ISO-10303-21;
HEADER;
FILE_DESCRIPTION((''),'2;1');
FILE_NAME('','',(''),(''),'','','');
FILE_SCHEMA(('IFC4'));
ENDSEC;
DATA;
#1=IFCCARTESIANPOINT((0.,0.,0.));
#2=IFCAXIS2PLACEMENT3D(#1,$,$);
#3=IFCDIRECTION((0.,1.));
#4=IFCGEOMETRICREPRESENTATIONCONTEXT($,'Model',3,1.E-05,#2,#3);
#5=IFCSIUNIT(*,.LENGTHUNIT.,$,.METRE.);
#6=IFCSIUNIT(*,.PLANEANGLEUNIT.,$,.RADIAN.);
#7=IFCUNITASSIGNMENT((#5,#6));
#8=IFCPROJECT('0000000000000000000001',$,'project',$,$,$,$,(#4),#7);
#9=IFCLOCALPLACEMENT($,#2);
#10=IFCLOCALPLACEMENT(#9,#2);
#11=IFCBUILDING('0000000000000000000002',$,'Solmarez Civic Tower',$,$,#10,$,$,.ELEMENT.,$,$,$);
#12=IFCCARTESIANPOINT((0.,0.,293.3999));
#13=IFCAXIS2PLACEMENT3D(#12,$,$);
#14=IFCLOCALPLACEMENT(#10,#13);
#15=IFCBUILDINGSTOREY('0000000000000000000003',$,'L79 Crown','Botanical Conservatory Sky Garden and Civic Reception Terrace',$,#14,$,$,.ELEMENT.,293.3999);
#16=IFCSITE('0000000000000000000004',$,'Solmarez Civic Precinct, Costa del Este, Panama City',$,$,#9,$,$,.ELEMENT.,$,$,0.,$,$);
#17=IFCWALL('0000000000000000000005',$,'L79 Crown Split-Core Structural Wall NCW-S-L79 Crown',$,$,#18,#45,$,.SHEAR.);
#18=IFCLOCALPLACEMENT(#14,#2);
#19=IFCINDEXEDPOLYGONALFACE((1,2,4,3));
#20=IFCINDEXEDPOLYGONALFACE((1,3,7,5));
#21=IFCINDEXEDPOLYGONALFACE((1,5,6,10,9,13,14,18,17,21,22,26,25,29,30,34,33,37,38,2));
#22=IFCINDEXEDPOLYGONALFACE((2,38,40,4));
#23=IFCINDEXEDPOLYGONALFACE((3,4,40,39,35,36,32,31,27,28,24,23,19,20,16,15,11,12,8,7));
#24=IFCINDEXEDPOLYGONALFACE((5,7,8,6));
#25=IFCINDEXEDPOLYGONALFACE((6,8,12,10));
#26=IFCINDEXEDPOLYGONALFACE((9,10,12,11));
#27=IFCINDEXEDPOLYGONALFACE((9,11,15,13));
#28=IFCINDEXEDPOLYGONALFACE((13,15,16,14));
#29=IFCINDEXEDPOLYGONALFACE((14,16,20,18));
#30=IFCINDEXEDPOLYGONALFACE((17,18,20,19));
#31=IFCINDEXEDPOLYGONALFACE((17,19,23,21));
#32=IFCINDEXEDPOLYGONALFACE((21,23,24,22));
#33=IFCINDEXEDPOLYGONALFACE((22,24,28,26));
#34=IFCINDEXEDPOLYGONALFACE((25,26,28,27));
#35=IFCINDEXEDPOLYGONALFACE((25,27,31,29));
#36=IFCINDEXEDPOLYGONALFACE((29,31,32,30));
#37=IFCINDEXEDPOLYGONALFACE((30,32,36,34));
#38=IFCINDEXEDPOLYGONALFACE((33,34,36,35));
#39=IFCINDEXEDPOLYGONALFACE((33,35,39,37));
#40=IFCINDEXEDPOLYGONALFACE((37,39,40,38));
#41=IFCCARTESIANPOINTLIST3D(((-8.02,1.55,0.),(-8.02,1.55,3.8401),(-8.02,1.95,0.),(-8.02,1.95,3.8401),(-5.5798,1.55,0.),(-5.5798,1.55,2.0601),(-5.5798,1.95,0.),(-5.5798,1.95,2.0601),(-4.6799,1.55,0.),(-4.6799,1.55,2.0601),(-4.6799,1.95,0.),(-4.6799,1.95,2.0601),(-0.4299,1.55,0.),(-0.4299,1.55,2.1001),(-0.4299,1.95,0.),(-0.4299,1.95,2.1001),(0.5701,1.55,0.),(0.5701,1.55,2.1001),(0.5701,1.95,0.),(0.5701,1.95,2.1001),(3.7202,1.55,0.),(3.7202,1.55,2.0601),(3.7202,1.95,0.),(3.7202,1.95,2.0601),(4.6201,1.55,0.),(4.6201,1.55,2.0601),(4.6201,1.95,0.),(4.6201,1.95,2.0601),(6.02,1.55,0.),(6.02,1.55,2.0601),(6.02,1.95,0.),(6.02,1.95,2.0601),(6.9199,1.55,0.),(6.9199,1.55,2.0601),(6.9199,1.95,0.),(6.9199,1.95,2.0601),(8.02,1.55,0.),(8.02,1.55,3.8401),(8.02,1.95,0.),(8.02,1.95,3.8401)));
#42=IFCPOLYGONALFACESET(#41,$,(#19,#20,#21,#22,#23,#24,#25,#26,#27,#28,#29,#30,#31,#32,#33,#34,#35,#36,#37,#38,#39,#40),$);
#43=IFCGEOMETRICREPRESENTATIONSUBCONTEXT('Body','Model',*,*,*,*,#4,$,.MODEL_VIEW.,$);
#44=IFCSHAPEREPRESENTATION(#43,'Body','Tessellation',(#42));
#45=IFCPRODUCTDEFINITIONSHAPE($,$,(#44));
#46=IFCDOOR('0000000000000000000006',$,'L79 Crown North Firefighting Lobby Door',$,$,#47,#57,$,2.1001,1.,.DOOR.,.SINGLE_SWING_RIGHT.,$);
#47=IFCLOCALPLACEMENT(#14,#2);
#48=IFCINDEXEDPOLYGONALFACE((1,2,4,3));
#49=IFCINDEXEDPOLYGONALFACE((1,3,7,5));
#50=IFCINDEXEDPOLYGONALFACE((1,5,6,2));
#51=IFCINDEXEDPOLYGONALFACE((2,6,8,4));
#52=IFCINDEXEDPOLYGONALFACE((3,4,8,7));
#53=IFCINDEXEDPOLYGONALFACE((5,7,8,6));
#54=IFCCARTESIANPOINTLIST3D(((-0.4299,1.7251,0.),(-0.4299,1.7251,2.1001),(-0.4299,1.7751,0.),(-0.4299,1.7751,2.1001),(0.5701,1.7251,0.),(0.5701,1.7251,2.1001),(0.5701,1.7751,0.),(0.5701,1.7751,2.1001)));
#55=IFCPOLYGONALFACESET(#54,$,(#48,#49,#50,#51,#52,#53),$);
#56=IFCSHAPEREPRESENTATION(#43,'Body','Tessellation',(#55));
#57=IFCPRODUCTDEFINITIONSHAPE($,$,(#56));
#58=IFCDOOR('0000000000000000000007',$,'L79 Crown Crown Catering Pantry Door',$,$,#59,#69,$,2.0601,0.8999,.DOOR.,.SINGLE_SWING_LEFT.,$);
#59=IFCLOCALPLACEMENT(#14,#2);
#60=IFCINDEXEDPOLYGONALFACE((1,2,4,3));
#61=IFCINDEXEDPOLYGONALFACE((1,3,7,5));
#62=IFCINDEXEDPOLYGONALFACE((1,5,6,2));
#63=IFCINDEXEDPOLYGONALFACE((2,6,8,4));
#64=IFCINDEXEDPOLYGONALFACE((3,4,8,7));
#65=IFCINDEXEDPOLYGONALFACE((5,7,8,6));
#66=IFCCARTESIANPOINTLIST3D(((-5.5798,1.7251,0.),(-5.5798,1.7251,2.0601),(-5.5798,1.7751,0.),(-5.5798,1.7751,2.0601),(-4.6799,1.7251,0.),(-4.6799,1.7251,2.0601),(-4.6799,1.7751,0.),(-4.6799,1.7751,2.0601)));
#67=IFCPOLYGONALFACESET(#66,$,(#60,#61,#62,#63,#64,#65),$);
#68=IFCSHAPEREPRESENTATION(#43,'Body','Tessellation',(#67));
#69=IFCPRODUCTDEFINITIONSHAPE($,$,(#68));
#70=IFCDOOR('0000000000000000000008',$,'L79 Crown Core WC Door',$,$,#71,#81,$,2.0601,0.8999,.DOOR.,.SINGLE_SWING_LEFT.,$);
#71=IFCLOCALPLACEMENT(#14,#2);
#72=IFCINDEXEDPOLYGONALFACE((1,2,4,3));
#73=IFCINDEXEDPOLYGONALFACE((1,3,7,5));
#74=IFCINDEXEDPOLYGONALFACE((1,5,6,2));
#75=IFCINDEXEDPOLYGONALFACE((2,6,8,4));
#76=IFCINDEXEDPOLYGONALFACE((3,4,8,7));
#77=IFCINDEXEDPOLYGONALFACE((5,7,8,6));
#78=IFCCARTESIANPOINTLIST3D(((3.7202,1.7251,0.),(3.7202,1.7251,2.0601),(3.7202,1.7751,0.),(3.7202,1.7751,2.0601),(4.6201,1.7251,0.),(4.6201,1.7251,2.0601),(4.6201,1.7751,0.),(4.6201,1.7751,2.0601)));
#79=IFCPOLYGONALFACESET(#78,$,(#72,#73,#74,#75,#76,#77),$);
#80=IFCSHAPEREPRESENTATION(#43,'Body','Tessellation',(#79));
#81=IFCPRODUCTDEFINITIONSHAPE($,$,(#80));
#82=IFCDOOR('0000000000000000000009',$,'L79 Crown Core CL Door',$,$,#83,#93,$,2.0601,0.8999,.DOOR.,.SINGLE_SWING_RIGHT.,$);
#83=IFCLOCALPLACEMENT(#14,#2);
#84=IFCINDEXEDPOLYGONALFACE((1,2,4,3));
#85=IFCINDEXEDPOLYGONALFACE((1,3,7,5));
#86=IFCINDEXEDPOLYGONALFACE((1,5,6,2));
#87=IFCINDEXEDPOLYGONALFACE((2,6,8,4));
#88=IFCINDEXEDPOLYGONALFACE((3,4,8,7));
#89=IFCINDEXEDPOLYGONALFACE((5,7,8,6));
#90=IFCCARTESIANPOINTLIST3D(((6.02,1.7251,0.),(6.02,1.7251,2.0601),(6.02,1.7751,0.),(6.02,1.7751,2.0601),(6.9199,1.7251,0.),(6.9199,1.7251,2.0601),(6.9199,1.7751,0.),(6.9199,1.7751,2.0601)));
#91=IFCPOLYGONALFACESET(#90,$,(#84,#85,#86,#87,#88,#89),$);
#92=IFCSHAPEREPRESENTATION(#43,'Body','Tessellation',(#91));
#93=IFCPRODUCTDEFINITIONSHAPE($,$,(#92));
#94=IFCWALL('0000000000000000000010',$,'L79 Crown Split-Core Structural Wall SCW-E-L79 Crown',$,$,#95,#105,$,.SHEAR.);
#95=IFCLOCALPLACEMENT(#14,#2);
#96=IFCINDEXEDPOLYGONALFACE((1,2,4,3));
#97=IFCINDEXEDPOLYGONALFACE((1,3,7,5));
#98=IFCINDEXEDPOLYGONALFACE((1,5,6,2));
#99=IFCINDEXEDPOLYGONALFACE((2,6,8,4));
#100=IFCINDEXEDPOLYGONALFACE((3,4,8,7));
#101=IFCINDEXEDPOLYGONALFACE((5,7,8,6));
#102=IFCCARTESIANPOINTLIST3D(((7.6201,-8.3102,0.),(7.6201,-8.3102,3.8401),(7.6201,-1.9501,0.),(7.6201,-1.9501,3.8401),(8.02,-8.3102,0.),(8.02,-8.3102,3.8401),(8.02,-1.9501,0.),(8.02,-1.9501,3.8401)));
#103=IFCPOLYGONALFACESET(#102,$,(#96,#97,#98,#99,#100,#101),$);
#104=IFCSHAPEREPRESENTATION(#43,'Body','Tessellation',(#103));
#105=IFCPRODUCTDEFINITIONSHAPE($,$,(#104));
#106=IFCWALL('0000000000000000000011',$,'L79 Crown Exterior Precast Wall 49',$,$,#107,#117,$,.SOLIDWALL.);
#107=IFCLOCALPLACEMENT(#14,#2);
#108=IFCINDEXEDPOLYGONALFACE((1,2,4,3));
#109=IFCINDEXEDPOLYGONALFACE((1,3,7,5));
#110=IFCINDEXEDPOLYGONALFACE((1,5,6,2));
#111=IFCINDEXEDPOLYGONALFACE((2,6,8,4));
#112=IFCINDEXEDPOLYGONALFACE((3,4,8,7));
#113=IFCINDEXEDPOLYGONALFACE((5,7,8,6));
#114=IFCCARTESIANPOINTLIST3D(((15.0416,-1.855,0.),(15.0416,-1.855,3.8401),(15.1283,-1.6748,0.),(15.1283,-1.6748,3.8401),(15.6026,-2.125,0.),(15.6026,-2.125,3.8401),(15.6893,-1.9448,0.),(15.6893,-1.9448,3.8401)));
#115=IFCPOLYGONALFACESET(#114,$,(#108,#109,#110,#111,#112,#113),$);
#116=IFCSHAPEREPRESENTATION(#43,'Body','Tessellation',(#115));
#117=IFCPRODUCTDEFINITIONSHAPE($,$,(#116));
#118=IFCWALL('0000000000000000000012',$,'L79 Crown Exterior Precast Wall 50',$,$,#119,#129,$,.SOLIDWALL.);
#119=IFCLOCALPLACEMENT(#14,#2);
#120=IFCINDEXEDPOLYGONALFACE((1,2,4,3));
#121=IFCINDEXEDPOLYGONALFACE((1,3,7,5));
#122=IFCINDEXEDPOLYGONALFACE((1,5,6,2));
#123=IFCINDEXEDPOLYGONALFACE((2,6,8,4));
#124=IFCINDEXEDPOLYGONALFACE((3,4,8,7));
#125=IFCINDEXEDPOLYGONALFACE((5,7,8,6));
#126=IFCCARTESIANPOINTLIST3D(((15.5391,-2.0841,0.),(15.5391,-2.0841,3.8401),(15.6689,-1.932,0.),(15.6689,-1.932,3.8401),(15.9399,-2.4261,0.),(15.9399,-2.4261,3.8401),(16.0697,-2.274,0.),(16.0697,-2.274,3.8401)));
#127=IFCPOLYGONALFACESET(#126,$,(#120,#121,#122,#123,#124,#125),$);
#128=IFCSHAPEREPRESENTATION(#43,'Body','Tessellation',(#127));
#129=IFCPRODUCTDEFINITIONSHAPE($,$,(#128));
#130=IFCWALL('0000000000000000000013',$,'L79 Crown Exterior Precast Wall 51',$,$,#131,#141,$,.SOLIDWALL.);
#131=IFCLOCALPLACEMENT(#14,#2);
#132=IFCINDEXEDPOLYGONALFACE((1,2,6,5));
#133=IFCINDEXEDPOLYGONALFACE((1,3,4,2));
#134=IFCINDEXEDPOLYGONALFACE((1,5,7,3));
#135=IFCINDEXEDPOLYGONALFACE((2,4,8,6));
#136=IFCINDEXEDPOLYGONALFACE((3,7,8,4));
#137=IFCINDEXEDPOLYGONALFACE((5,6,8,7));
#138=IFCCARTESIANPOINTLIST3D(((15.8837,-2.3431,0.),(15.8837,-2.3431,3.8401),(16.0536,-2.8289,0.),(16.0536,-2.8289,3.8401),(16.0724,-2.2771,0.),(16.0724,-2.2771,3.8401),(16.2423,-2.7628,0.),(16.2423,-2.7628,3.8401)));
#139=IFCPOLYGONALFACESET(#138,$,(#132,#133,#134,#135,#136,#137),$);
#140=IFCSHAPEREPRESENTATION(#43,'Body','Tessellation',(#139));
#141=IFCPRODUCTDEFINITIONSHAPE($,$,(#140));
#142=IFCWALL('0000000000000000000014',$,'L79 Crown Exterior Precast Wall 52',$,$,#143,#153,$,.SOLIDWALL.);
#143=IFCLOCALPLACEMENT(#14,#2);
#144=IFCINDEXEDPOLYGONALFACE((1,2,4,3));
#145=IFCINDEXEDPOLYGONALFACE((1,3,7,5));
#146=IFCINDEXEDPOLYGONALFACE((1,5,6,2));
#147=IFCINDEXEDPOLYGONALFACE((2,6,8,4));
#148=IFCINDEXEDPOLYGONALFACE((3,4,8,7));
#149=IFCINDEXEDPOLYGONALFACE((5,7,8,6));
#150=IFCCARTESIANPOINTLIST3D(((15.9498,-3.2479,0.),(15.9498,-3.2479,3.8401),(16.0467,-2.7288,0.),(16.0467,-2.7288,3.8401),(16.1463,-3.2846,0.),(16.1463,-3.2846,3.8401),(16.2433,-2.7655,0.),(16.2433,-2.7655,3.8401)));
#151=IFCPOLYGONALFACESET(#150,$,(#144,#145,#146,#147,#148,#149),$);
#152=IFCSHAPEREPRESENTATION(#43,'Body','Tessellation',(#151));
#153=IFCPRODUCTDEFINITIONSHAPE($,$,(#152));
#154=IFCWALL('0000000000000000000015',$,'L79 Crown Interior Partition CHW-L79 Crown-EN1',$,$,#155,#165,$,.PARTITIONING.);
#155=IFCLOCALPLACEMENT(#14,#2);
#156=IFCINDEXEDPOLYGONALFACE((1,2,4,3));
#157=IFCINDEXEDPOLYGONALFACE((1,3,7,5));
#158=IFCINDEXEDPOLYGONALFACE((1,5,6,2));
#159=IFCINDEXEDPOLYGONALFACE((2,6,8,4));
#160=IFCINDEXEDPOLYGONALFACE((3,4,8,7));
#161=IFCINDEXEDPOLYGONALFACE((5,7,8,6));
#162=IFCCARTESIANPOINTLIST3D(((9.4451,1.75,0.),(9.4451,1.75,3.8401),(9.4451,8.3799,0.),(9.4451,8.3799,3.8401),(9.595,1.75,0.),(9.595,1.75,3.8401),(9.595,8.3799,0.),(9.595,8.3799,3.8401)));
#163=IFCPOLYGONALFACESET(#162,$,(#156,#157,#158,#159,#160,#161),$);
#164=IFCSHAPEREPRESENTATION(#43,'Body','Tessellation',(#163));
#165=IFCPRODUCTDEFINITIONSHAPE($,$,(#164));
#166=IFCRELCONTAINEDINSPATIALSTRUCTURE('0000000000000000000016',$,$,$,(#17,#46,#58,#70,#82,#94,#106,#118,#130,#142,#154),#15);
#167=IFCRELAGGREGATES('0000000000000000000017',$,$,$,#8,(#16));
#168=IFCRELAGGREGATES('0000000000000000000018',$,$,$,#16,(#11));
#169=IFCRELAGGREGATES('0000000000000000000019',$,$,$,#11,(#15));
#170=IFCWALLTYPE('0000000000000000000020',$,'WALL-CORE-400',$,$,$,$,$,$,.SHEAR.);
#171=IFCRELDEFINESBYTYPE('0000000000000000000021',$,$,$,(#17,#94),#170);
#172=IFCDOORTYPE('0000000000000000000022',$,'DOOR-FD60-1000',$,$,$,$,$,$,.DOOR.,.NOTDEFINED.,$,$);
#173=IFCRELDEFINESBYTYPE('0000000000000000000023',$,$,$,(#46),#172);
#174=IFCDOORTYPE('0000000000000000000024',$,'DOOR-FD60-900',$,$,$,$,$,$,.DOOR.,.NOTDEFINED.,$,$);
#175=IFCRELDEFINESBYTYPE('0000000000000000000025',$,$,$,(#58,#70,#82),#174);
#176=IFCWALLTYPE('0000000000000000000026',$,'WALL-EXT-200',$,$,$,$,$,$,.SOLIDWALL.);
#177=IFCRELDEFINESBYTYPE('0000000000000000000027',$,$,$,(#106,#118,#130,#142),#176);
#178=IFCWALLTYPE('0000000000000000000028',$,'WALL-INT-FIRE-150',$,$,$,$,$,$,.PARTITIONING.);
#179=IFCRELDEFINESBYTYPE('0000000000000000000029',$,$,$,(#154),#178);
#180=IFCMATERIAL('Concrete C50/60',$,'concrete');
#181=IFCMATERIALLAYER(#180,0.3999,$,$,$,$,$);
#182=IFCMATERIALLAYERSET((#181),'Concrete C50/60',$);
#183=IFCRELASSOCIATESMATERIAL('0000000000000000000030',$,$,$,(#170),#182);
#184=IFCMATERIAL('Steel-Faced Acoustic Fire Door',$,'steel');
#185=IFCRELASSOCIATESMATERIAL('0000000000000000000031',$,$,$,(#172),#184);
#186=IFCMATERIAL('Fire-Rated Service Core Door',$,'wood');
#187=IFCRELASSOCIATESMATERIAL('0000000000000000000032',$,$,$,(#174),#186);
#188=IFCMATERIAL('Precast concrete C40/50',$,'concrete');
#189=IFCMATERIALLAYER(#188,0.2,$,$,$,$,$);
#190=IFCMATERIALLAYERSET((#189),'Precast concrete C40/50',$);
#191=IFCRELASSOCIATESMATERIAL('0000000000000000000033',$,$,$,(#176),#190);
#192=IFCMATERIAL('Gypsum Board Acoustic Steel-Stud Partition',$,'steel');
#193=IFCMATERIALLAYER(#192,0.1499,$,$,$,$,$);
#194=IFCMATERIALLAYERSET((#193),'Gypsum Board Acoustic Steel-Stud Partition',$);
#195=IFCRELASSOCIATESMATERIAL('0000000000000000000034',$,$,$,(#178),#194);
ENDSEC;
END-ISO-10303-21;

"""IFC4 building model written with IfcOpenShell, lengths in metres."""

from ifc_helpers import new_model, si_unit, direction, frame, frame_2d, origin, place, context, subcontext, project, spatial, rectangle, extrude, material, layer, layer_set, type_object, element, fill, save


model = new_model("IFC4")

# Units and contexts
model_context = context("Model", 3, precision=1e-05, world=origin(), true_north=direction((0.0, 1.0)))
body_context = subcontext(model_context, "Body", "Model", "MODEL_VIEW")
ifc_project = project(units=[si_unit("LENGTHUNIT", "METRE"), si_unit("PLANEANGLEUNIT", "RADIAN")], contexts=[model_context])

# Site, building, storey
site_placement = place(None, origin())
site = spatial("IfcSite", under=ifc_project, at=site_placement, Name="Solmarez Civic Precinct, Costa del Este, Panama City", CompositionType="ELEMENT", RefElevation=0.0)
building_placement = place(site_placement, origin())
building = spatial("IfcBuilding", under=site, at=building_placement, Name="Solmarez Civic Tower", CompositionType="ELEMENT")
storey_placement = place(building_placement, frame((0.0, 0.0, 293.3999)))
storey = spatial("IfcBuildingStorey", under=building, at=storey_placement, Name="L79 Crown", Description="Botanical Conservatory Sky Garden and Civic Reception Terrace", CompositionType="ELEMENT", Elevation=293.3999)

# Wall, openings, doors
ifc_material_1 = material(Name="Concrete C50/60", Category="concrete")
ifc_layer_1 = layer(ifc_material_1, 0.3999)
ifc_layer_set_1 = layer_set([ifc_layer_1], Name="Concrete C50/60")
wall_type_1 = type_object("IfcWallType", Name="WALL-CORE-400", PredefinedType="SHEAR", material=ifc_layer_set_1)
wall_1_placement = place(storey_placement, frame((8.02, 1.75, 0.0), z_axis=(0.0, 0.0, 1.0), x_axis=(-1.0, 0.0, 0.0)))
wall_1 = element("IfcWall", 1, at=wall_1_placement, inside=storey, type_object=wall_type_1, Name="L79 Crown Split-Core Structural Wall NCW-S-L79 Crown", PredefinedType="SHEAR", context=body_context, shape_type="SweptSolid", body=[
    extrude(rectangle(XDim=16.04, YDim=0.3999, at=frame_2d((8.02, 0.0))), origin(), (0.0, 0.0, 1.0), 3.8401),
])
opening_1_placement = place(wall_1_placement, frame((7.45, 0.0, 0.0)))
opening_1 = element("IfcOpeningElement", 2, at=opening_1_placement, cuts=wall_1, PredefinedType="OPENING", context=body_context, shape_type="SweptSolid", body=[
    extrude(rectangle(XDim=1.0, YDim=2.1001, at=frame_2d((0.5, 1.05))), frame((0.0, 0.21, 0.0), z_axis=(0.0, -1.0, 0.0), x_axis=(1.0, 0.0, 0.0)), (0.0, 0.0, 1.0), 0.4199),
])
opening_2_placement = place(wall_1_placement, frame((12.7, 0.0, 0.0)))
opening_2 = element("IfcOpeningElement", 3, at=opening_2_placement, cuts=wall_1, PredefinedType="OPENING", context=body_context, shape_type="SweptSolid", body=[
    extrude(rectangle(XDim=0.8999, YDim=2.0601, at=frame_2d((0.45, 1.03))), frame((0.0, 0.21, 0.0), z_axis=(0.0, -1.0, 0.0), x_axis=(1.0, 0.0, 0.0)), (0.0, 0.0, 1.0), 0.4199),
])
opening_3_placement = place(wall_1_placement, frame((3.3999, 0.0, 0.0)))
opening_3 = element("IfcOpeningElement", 4, at=opening_3_placement, cuts=wall_1, PredefinedType="OPENING", context=body_context, shape_type="SweptSolid", body=[
    extrude(rectangle(XDim=0.8999, YDim=2.0601, at=frame_2d((0.45, 1.03))), frame((0.0, 0.21, 0.0), z_axis=(0.0, -1.0, 0.0), x_axis=(1.0, 0.0, 0.0)), (0.0, 0.0, 1.0), 0.4199),
])
opening_4_placement = place(wall_1_placement, frame((1.1001, 0.0, 0.0)))
opening_4 = element("IfcOpeningElement", 5, at=opening_4_placement, cuts=wall_1, PredefinedType="OPENING", context=body_context, shape_type="SweptSolid", body=[
    extrude(rectangle(XDim=0.8999, YDim=2.0601, at=frame_2d((0.45, 1.03))), frame((0.0, 0.21, 0.0), z_axis=(0.0, -1.0, 0.0), x_axis=(1.0, 0.0, 0.0)), (0.0, 0.0, 1.0), 0.4199),
])
ifc_material_2 = material(Name="Steel-Faced Acoustic Fire Door", Category="steel")
door_type_1 = type_object("IfcDoorType", Name="DOOR-FD60-1000", OperationType="NOTDEFINED", PredefinedType="DOOR", material=ifc_material_2)
door_1_placement = place(opening_1_placement, origin())
door_1 = element("IfcDoor", 6, at=door_1_placement, inside=storey, type_object=door_type_1, Name="L79 Crown North Firefighting Lobby Door", OperationType="SINGLE_SWING_RIGHT", OverallHeight=2.1001, OverallWidth=1.0, PredefinedType="DOOR", context=body_context, shape_type="SweptSolid", body=[
    extrude(rectangle(XDim=1.0, YDim=2.1001, at=frame_2d((0.5, 1.05))), frame((0.0, 0.0249, 0.0), z_axis=(0.0, -1.0, 0.0), x_axis=(1.0, 0.0, 0.0)), (0.0, 0.0, 1.0), 0.05),
])
fill(opening_1, door_1)
ifc_material_3 = material(Name="Fire-Rated Service Core Door", Category="wood")
door_type_2 = type_object("IfcDoorType", Name="DOOR-FD60-900", OperationType="NOTDEFINED", PredefinedType="DOOR", material=ifc_material_3)
door_2_placement = place(opening_2_placement, origin())
door_2 = element("IfcDoor", 7, at=door_2_placement, inside=storey, type_object=door_type_2, Name="L79 Crown Crown Catering Pantry Door", OperationType="SINGLE_SWING_LEFT", OverallHeight=2.0601, OverallWidth=0.8999, PredefinedType="DOOR", context=body_context, shape_type="SweptSolid", body=[
    extrude(rectangle(XDim=0.8999, YDim=2.0601, at=frame_2d((0.45, 1.03))), frame((0.0, 0.0249, 0.0), z_axis=(0.0, -1.0, 0.0), x_axis=(1.0, 0.0, 0.0)), (0.0, 0.0, 1.0), 0.05),
])
fill(opening_2, door_2)
door_3_placement = place(opening_3_placement, origin())
door_3 = element("IfcDoor", 8, at=door_3_placement, inside=storey, type_object=door_type_2, Name="L79 Crown Core WC Door", OperationType="SINGLE_SWING_LEFT", OverallHeight=2.0601, OverallWidth=0.8999, PredefinedType="DOOR", context=body_context, shape_type="SweptSolid", body=[
    extrude(rectangle(XDim=0.8999, YDim=2.0601, at=frame_2d((0.45, 1.03))), frame((0.0, 0.0249, 0.0), z_axis=(0.0, -1.0, 0.0), x_axis=(1.0, 0.0, 0.0)), (0.0, 0.0, 1.0), 0.05),
])
fill(opening_3, door_3)
door_4_placement = place(opening_4_placement, origin())
door_4 = element("IfcDoor", 9, at=door_4_placement, inside=storey, type_object=door_type_2, Name="L79 Crown Core CL Door", OperationType="SINGLE_SWING_RIGHT", OverallHeight=2.0601, OverallWidth=0.8999, PredefinedType="DOOR", context=body_context, shape_type="SweptSolid", body=[
    extrude(rectangle(XDim=0.8999, YDim=2.0601, at=frame_2d((0.45, 1.03))), frame((0.0, 0.0249, 0.0), z_axis=(0.0, -1.0, 0.0), x_axis=(1.0, 0.0, 0.0)), (0.0, 0.0, 1.0), 0.05),
])
fill(opening_4, door_4)

# Walls
wall_2_placement = place(storey_placement, frame((7.8201, -1.95, 0.0), z_axis=(0.0, 0.0, 1.0), x_axis=(0.0, -1.0, 0.0)))
element("IfcWall", 10, at=wall_2_placement, inside=storey, type_object=wall_type_1, Name="L79 Crown Split-Core Structural Wall SCW-E-L79 Crown", PredefinedType="SHEAR", context=body_context, shape_type="SweptSolid", body=[
    extrude(rectangle(XDim=6.3601, YDim=0.3999, at=frame_2d((3.1802, 0.0))), origin(), (0.0, 0.0, 1.0), 3.8401),
])
ifc_material_4 = material(Name="Precast concrete C40/50", Category="concrete")
ifc_layer_2 = layer(ifc_material_4, 0.2)
ifc_layer_set_2 = layer_set([ifc_layer_2], Name="Precast concrete C40/50")
wall_type_2 = type_object("IfcWallType", Name="WALL-EXT-200", PredefinedType="SOLIDWALL", material=ifc_layer_set_2)
wall_3_placement = place(storey_placement, frame((15.085, -1.7649, 0.0), z_axis=(0.0, 0.0, 1.0), x_axis=(0.90107, -0.433674, 0.0)))
element("IfcWall", 11, at=wall_3_placement, inside=storey, type_object=wall_type_2, Name="L79 Crown Exterior Precast Wall 49", PredefinedType="SOLIDWALL", context=body_context, shape_type="SweptSolid", body=[
    extrude(rectangle(XDim=0.6226, YDim=0.2, at=frame_2d((0.3113, 0.0))), origin(), (0.0, 0.0, 1.0), 3.8401),
])
wall_4_placement = place(storey_placement, frame((15.604, -2.0081, 0.0), z_axis=(0.0, 0.0, 1.0), x_axis=(0.760726, -0.649073, 0.0)))
element("IfcWall", 12, at=wall_4_placement, inside=storey, type_object=wall_type_2, Name="L79 Crown Exterior Precast Wall 50", PredefinedType="SOLIDWALL", context=body_context, shape_type="SweptSolid", body=[
    extrude(rectangle(XDim=0.5269, YDim=0.2, at=frame_2d((0.2634, 0.0))), origin(), (0.0, 0.0, 1.0), 3.8401),
])
wall_5_placement = place(storey_placement, frame((15.978, -2.3101, 0.0), z_axis=(0.0, 0.0, 1.0), x_axis=(0.330139, -0.943932, 0.0)))
element("IfcWall", 13, at=wall_5_placement, inside=storey, type_object=wall_type_2, Name="L79 Crown Exterior Precast Wall 51", PredefinedType="SOLIDWALL", context=body_context, shape_type="SweptSolid", body=[
    extrude(rectangle(XDim=0.5146, YDim=0.2, at=frame_2d((0.2573, 0.0))), origin(), (0.0, 0.0, 1.0), 3.8401),
])
wall_6_placement = place(storey_placement, frame((16.145, -2.7471, 0.0), z_axis=(0.0, 0.0, 1.0), x_axis=(-0.183563, -0.983008, 0.0)))
element("IfcWall", 14, at=wall_6_placement, inside=storey, type_object=wall_type_2, Name="L79 Crown Exterior Precast Wall 52", PredefinedType="SOLIDWALL", context=body_context, shape_type="SweptSolid", body=[
    extrude(rectangle(XDim=0.5281, YDim=0.2, at=frame_2d((0.2642, 0.0))), origin(), (0.0, 0.0, 1.0), 3.8401),
])
ifc_material_5 = material(Name="Gypsum Board Acoustic Steel-Stud Partition", Category="steel")
ifc_layer_3 = layer(ifc_material_5, 0.1499)
ifc_layer_set_3 = layer_set([ifc_layer_3], Name="Gypsum Board Acoustic Steel-Stud Partition")
wall_type_3 = type_object("IfcWallType", Name="WALL-INT-FIRE-150", PredefinedType="PARTITIONING", material=ifc_layer_set_3)
wall_7_placement = place(storey_placement, frame((9.52, 1.75, 0.0), z_axis=(0.0, 0.0, 1.0), x_axis=(0.0, 1.0, 0.0)))
element("IfcWall", 15, at=wall_7_placement, inside=storey, type_object=wall_type_3, Name="L79 Crown Interior Partition CHW-L79 Crown-EN1", PredefinedType="PARTITIONING", context=body_context, shape_type="SweptSolid", body=[
    extrude(rectangle(XDim=6.6299, YDim=0.1499, at=frame_2d((3.3149, 0.0))), origin(), (0.0, 0.0, 1.0), 3.8401),
])

save(model, "model.ifc")
